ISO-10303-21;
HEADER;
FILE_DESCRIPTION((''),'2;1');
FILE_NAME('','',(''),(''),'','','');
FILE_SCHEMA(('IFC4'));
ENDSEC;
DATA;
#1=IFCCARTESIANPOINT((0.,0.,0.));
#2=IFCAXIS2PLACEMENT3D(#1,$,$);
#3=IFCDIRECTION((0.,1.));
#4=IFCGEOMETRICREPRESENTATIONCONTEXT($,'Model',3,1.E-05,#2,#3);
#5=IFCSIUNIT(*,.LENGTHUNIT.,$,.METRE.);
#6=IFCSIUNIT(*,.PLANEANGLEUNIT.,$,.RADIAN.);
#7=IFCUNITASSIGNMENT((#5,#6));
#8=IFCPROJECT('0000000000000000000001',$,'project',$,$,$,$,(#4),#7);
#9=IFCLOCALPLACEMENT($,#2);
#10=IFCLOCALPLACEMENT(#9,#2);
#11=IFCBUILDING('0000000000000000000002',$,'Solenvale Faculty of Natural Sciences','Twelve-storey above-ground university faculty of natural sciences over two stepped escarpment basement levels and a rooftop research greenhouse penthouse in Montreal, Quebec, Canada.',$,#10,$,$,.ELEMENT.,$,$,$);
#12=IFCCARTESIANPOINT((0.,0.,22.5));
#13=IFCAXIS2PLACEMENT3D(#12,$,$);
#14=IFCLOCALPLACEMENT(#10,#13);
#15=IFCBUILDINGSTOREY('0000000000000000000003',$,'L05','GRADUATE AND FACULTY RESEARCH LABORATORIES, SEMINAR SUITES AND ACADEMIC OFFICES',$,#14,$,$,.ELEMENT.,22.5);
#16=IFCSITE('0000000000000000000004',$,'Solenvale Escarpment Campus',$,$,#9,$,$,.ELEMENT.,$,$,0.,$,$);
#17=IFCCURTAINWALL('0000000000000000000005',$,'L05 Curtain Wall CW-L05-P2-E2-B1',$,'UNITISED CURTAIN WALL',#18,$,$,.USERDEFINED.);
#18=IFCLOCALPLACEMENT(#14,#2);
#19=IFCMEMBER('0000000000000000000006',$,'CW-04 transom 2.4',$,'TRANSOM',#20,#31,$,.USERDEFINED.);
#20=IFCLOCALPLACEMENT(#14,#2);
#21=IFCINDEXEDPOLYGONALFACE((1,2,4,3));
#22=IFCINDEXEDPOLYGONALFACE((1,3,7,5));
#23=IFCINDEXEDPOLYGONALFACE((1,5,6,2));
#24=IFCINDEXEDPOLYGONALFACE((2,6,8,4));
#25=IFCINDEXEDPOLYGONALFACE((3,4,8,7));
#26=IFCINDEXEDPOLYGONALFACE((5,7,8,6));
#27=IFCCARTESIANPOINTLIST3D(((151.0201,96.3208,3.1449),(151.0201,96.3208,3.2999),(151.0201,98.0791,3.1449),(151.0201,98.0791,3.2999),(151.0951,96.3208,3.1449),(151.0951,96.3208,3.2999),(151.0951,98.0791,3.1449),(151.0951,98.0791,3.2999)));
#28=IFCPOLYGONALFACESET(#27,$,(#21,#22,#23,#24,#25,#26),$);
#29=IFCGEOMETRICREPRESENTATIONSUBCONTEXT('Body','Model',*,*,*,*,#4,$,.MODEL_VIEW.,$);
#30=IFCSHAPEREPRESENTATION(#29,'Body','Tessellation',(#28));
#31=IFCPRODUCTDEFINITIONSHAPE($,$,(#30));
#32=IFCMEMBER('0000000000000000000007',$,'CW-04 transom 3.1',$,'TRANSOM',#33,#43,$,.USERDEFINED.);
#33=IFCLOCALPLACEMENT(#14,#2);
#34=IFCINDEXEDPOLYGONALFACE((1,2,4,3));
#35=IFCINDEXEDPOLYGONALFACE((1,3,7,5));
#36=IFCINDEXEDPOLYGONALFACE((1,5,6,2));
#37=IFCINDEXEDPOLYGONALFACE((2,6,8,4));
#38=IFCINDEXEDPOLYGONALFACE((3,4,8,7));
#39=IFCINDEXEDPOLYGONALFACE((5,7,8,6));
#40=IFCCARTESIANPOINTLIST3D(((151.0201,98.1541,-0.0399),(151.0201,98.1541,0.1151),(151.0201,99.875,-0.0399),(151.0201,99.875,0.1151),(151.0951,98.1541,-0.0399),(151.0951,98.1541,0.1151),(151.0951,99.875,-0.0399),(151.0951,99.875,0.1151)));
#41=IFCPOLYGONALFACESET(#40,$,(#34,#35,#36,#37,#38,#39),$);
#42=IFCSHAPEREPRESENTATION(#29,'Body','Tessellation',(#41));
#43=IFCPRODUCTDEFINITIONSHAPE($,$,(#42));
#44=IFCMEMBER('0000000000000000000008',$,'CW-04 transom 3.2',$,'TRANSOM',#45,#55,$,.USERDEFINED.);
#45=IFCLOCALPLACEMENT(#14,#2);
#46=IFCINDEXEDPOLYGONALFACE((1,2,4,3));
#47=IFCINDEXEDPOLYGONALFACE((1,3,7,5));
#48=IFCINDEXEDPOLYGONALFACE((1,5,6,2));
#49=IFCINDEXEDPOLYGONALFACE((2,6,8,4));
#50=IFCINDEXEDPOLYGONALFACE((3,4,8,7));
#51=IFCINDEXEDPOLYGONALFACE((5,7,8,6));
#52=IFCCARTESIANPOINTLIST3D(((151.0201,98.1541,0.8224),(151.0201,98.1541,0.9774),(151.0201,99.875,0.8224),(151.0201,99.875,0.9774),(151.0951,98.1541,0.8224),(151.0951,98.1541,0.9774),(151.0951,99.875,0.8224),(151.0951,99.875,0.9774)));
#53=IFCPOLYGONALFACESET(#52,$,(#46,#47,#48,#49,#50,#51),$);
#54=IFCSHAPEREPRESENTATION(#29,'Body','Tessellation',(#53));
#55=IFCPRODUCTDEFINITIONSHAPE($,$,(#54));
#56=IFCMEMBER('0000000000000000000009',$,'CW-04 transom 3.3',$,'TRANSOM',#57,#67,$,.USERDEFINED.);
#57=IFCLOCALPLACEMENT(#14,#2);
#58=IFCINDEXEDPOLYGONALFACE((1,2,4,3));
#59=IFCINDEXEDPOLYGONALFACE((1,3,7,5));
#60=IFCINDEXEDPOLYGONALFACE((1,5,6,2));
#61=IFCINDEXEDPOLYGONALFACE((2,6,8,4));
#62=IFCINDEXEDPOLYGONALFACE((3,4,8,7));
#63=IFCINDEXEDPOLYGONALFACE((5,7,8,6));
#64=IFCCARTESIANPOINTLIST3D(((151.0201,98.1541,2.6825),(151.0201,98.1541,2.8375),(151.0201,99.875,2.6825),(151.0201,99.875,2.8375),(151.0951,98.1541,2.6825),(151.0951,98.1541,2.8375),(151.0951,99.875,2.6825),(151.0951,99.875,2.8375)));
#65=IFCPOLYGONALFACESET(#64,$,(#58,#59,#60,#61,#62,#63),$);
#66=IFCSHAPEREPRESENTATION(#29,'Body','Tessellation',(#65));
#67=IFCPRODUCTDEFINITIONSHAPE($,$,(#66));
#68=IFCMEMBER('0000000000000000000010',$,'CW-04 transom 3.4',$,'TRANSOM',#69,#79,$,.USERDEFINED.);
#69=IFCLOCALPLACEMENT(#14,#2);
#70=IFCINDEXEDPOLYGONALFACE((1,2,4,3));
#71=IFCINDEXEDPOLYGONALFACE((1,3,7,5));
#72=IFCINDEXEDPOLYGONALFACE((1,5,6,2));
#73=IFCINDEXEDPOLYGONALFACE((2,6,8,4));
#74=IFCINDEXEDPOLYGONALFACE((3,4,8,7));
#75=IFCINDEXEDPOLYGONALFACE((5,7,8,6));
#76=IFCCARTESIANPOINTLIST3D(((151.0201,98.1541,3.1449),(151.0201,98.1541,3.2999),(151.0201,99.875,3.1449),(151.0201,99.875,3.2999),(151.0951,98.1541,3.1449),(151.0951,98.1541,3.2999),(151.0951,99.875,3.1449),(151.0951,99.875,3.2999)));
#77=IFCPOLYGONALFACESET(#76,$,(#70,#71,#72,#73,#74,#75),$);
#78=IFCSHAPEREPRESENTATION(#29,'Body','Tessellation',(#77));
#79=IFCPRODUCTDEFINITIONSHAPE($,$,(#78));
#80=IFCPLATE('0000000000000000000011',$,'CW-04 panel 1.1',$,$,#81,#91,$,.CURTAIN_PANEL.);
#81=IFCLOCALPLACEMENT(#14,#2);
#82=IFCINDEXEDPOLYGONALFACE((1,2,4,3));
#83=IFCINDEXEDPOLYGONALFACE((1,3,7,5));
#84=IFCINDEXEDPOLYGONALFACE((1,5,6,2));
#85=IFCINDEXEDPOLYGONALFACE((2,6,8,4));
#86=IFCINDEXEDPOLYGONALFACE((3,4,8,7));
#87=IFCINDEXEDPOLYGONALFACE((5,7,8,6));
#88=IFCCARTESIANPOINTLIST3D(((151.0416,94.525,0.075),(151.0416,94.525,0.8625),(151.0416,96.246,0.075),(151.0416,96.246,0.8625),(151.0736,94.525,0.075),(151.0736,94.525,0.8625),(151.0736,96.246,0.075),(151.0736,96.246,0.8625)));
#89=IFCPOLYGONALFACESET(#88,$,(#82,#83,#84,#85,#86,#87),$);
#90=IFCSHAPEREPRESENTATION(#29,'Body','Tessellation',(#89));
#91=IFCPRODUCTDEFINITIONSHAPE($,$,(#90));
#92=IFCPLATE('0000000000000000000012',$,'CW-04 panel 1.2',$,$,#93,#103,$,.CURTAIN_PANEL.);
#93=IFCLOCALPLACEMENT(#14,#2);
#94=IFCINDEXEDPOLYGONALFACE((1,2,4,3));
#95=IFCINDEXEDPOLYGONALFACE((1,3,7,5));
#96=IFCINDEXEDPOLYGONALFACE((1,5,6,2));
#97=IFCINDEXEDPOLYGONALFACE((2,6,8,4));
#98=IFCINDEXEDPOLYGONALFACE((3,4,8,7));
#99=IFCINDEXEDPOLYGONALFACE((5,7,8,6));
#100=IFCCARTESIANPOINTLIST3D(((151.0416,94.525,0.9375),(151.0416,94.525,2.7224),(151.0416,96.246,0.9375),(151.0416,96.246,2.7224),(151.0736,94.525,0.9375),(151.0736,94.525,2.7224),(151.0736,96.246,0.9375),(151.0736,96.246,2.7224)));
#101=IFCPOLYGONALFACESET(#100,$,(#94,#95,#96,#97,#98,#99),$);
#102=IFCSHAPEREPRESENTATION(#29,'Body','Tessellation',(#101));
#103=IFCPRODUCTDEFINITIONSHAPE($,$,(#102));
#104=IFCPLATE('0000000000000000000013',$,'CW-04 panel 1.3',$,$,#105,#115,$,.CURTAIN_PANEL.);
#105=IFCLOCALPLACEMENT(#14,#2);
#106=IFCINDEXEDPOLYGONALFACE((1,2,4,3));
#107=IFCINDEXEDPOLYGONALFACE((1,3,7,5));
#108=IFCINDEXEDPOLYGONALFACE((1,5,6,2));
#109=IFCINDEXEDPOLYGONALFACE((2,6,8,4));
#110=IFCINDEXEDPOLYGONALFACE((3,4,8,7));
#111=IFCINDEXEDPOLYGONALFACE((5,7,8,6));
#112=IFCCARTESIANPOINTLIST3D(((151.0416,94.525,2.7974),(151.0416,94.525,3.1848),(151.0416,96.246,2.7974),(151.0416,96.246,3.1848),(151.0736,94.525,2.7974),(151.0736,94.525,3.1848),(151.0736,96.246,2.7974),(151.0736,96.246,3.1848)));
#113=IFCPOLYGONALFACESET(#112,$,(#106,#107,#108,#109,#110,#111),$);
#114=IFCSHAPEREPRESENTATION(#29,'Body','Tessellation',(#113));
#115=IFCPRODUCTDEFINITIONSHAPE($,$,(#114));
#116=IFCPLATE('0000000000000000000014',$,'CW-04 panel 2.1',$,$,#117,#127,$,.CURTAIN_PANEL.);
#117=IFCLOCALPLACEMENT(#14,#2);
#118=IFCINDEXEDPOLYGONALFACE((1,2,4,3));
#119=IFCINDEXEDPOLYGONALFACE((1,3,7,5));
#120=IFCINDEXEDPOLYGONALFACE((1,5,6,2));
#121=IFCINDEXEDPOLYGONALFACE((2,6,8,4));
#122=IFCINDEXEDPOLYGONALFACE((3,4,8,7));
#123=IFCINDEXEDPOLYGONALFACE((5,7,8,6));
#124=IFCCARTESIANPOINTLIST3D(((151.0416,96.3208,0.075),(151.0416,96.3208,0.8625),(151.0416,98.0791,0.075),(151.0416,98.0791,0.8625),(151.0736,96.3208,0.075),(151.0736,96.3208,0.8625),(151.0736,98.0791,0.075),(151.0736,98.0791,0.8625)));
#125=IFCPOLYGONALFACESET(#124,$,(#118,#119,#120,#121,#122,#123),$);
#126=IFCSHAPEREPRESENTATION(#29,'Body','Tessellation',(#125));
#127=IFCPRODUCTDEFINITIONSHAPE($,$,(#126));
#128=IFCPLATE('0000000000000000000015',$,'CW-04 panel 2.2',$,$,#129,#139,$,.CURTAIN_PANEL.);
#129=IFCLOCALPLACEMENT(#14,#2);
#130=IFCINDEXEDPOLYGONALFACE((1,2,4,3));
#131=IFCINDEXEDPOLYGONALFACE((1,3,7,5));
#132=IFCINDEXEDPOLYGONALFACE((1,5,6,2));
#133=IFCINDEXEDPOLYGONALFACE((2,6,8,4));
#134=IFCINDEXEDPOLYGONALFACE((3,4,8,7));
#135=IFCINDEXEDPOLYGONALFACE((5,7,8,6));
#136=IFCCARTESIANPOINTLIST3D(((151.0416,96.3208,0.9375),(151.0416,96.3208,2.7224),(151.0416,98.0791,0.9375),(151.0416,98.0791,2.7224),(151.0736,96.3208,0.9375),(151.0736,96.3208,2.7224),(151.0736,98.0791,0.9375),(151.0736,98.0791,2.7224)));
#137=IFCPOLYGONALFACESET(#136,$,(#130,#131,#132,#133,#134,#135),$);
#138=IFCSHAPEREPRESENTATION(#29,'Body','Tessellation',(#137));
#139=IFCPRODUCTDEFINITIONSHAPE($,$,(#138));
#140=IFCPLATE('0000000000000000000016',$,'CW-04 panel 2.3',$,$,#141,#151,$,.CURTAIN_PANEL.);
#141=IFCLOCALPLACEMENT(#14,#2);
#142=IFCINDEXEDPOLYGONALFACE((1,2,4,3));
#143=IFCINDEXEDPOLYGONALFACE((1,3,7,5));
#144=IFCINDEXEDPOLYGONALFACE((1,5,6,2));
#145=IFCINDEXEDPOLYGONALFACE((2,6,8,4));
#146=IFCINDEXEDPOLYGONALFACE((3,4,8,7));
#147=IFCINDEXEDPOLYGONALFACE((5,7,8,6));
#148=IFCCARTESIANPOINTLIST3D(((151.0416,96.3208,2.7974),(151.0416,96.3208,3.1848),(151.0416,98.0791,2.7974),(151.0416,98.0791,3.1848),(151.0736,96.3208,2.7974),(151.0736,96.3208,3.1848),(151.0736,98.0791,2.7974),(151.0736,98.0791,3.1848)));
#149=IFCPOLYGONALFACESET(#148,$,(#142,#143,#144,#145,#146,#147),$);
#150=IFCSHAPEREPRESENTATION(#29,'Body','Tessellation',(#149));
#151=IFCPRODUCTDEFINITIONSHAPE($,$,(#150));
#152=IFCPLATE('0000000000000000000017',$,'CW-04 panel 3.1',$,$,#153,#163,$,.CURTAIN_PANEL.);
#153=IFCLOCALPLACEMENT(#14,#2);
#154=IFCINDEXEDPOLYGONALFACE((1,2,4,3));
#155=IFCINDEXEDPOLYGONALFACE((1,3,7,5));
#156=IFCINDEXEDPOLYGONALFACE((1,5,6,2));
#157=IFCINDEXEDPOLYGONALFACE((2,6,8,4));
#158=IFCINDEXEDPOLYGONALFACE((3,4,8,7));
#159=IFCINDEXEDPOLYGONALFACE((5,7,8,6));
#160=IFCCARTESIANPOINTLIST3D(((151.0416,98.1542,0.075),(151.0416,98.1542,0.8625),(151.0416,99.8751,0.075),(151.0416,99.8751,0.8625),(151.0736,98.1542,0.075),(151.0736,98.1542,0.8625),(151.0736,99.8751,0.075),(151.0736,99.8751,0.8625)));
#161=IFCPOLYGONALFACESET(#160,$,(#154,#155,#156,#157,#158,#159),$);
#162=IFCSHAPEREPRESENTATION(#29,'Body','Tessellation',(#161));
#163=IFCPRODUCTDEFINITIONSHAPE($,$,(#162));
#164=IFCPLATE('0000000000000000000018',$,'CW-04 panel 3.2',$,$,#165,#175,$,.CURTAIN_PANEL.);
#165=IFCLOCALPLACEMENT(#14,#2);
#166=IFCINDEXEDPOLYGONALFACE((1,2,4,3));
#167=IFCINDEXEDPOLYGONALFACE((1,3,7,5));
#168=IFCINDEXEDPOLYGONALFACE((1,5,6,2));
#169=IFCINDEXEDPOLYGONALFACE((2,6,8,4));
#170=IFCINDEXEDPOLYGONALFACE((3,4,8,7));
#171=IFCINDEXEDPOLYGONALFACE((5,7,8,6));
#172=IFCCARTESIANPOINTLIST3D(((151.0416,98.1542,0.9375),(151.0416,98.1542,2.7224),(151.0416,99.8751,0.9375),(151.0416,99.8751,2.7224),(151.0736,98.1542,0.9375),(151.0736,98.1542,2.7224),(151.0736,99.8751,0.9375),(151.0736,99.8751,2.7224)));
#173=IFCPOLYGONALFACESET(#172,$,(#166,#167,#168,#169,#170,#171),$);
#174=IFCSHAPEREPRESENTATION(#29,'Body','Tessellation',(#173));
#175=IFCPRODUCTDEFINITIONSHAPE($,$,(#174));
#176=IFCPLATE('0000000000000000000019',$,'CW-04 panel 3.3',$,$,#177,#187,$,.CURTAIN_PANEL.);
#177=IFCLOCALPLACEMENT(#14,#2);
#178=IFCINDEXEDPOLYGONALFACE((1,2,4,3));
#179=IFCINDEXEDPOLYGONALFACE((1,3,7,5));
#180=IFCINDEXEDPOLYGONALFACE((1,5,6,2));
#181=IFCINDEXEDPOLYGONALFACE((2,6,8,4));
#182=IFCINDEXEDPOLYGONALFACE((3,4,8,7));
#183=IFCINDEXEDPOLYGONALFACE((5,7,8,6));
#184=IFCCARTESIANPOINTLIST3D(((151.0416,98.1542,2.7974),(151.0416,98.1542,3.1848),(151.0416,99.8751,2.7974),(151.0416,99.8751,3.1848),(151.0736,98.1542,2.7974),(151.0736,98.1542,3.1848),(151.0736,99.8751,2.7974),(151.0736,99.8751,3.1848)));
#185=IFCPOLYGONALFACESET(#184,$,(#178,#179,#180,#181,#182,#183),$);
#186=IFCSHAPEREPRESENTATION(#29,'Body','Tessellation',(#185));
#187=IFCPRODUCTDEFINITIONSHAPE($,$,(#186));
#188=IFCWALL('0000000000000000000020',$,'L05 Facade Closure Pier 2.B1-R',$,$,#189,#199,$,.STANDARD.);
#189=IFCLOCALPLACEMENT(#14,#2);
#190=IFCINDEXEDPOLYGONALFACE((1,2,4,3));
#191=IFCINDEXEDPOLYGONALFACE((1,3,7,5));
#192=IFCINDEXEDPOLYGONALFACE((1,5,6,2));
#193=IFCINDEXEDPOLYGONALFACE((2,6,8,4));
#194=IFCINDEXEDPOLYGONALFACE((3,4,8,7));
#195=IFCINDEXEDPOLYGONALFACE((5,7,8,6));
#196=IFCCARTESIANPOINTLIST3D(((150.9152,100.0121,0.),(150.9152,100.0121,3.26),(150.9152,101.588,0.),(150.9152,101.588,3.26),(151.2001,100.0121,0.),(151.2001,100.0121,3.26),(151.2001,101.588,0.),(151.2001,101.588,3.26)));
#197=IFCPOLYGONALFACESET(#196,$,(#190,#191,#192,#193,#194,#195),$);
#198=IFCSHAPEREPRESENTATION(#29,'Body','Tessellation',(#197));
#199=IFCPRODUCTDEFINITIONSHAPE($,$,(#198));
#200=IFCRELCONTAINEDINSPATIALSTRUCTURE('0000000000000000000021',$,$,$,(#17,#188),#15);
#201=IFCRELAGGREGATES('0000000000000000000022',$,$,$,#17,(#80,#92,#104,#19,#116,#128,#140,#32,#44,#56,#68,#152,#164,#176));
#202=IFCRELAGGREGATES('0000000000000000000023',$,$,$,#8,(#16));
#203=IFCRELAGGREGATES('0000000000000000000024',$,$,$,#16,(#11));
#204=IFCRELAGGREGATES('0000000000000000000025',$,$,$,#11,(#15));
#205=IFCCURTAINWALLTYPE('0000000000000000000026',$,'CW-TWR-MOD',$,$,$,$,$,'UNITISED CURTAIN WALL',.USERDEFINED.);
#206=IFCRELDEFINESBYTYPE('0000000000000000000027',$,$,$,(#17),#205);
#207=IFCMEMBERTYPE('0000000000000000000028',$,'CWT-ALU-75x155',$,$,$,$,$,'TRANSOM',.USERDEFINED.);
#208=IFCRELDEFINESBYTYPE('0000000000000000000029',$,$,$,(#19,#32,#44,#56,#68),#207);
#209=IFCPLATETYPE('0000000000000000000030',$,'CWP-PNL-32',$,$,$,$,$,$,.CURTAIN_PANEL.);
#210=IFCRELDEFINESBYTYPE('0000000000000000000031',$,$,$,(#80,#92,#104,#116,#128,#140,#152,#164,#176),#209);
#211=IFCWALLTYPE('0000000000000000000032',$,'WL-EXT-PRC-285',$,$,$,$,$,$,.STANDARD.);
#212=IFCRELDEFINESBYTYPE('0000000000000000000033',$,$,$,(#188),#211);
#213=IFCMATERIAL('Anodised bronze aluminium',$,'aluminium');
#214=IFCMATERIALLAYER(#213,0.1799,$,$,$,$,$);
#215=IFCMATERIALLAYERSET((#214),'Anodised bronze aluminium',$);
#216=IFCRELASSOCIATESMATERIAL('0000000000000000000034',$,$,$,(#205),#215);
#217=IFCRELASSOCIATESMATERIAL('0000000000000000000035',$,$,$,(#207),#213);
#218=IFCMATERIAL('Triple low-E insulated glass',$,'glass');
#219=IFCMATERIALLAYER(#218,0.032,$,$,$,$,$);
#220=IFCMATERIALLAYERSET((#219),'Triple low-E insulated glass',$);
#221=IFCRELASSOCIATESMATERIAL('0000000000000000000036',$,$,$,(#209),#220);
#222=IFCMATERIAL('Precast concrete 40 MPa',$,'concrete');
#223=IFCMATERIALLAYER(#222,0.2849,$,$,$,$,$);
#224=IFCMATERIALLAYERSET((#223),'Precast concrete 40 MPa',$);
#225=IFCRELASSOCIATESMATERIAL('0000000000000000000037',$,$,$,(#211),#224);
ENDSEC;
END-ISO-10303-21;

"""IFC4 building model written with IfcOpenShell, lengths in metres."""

from ifc_helpers import new_model, si_unit, direction, frame, frame_2d, origin, origin_2d, place, context, subcontext, project, spatial, rectangle, extrude, material, layer, layer_set, material_profile, profile_set, type_object, element, aggregate, save


model = new_model("IFC4")

# Units and contexts
model_context = context("Model", 3, precision=1e-05, world=origin(), true_north=direction((0.0, 1.0)))
body_context = subcontext(model_context, "Body", "Model", "MODEL_VIEW")
ifc_project = project(units=[si_unit("LENGTHUNIT", "METRE"), si_unit("PLANEANGLEUNIT", "RADIAN")], contexts=[model_context])

# Site, building, storey
site_placement = place(None, origin())
site = spatial("IfcSite", under=ifc_project, at=site_placement, Name="Solenvale Escarpment Campus", CompositionType="ELEMENT", RefElevation=0.0)
building_placement = place(site_placement, origin())
building = spatial("IfcBuilding", under=site, at=building_placement, Name="Solenvale Faculty of Natural Sciences", Description="Twelve-storey above-ground university faculty of natural sciences over two stepped escarpment basement levels and a rooftop research greenhouse penthouse in Montreal, Quebec, Canada.", CompositionType="ELEMENT")
storey_placement = place(building_placement, frame((0.0, 0.0, 22.5)))
storey = spatial("IfcBuildingStorey", under=building, at=storey_placement, Name="L05", Description="GRADUATE AND FACULTY RESEARCH LABORATORIES, SEMINAR SUITES AND ACADEMIC OFFICES", CompositionType="ELEMENT", Elevation=22.5)

# Curtain wall, members, plates
ifc_material_1 = material(Name="Anodised bronze aluminium", Category="aluminium")
ifc_layer_1 = layer(ifc_material_1, 0.1799)
ifc_layer_set_1 = layer_set([ifc_layer_1], Name="Anodised bronze aluminium")
curtain_wall_type = type_object("IfcCurtainWallType", Name="CW-TWR-MOD", ElementType="UNITISED CURTAIN WALL", PredefinedType="USERDEFINED", material=ifc_layer_set_1)
curtain_wall_placement = place(storey_placement, origin())
curtain_wall = element("IfcCurtainWall", 1, at=curtain_wall_placement, inside=storey, type_object=curtain_wall_type, Name="L05 Curtain Wall CW-L05-P2-E2-B1", ObjectType="UNITISED CURTAIN WALL", PredefinedType="USERDEFINED")
ifc_material_profile_1 = material_profile(ifc_material_1, rectangle(XDim=0.075, YDim=0.155, at=origin_2d()), Name="ALU-TRN-75x155")
ifc_profile_set_1 = profile_set([ifc_material_profile_1], Name="Anodised bronze aluminium")
member_type_1 = type_object("IfcMemberType", Name="CWT-ALU-75x155", ElementType="TRANSOM", PredefinedType="USERDEFINED", material=ifc_profile_set_1)
member_1_placement = place(storey_placement, frame((151.0576, 96.3208, 3.2224), z_axis=(0.0, 1.0, 0.0), x_axis=(-1.0, 0.0, 0.0)))
member_1 = element("IfcMember", 2, at=member_1_placement, type_object=member_type_1, Name="CW-04 transom 2.4", ObjectType="TRANSOM", PredefinedType="USERDEFINED", context=body_context, shape_type="SweptSolid", body=[
    extrude(rectangle(XDim=0.075, YDim=0.155, at=origin_2d()), origin(), (0.0, 0.0, 1.0), 1.7583),
])
member_2_placement = place(storey_placement, frame((151.0576, 98.1541, 0.0376), z_axis=(0.0, 1.0, 0.0), x_axis=(-1.0, 0.0, 0.0)))
member_2 = element("IfcMember", 3, at=member_2_placement, type_object=member_type_1, Name="CW-04 transom 3.1", ObjectType="TRANSOM", PredefinedType="USERDEFINED", context=body_context, shape_type="SweptSolid", body=[
    extrude(rectangle(XDim=0.075, YDim=0.155, at=origin_2d()), origin(), (0.0, 0.0, 1.0), 1.7209),
])
member_3_placement = place(storey_placement, frame((151.0576, 98.1541, 0.8999), z_axis=(0.0, 1.0, 0.0), x_axis=(-1.0, 0.0, 0.0)))
member_3 = element("IfcMember", 4, at=member_3_placement, type_object=member_type_1, Name="CW-04 transom 3.2", ObjectType="TRANSOM", PredefinedType="USERDEFINED", context=body_context, shape_type="SweptSolid", body=[
    extrude(rectangle(XDim=0.075, YDim=0.155, at=origin_2d()), origin(), (0.0, 0.0, 1.0), 1.7209),
])
member_4_placement = place(storey_placement, frame((151.0576, 98.1541, 2.76), z_axis=(0.0, 1.0, 0.0), x_axis=(-1.0, 0.0, 0.0)))
member_4 = element("IfcMember", 5, at=member_4_placement, type_object=member_type_1, Name="CW-04 transom 3.3", ObjectType="TRANSOM", PredefinedType="USERDEFINED", context=body_context, shape_type="SweptSolid", body=[
    extrude(rectangle(XDim=0.075, YDim=0.155, at=origin_2d()), origin(), (0.0, 0.0, 1.0), 1.7209),
])
member_5_placement = place(storey_placement, frame((151.0576, 98.1541, 3.2224), z_axis=(0.0, 1.0, 0.0), x_axis=(-1.0, 0.0, 0.0)))
member_5 = element("IfcMember", 6, at=member_5_placement, type_object=member_type_1, Name="CW-04 transom 3.4", ObjectType="TRANSOM", PredefinedType="USERDEFINED", context=body_context, shape_type="SweptSolid", body=[
    extrude(rectangle(XDim=0.075, YDim=0.155, at=origin_2d()), origin(), (0.0, 0.0, 1.0), 1.7209),
])
ifc_material_2 = material(Name="Triple low-E insulated glass", Category="glass")
ifc_layer_2 = layer(ifc_material_2, 0.032)
ifc_layer_set_2 = layer_set([ifc_layer_2], Name="Triple low-E insulated glass")
plate_type = type_object("IfcPlateType", Name="CWP-PNL-32", PredefinedType="CURTAIN_PANEL", material=ifc_layer_set_2)
plate_1_placement = place(storey_placement, frame((151.0576, 95.3855, 0.075), z_axis=(0.0, 0.0, 1.0), x_axis=(0.0, 1.0, 0.0)))
plate_1 = element("IfcPlate", 7, at=plate_1_placement, type_object=plate_type, Name="CW-04 panel 1.1", PredefinedType="CURTAIN_PANEL", context=body_context, shape_type="SweptSolid", body=[
    extrude(rectangle(XDim=1.7209, YDim=0.032, at=origin_2d()), origin(), (0.0, 0.0, 1.0), 0.7876),
])
plate_2_placement = place(storey_placement, frame((151.0576, 95.3855, 0.9375), z_axis=(0.0, 0.0, 1.0), x_axis=(0.0, 1.0, 0.0)))
plate_2 = element("IfcPlate", 8, at=plate_2_placement, type_object=plate_type, Name="CW-04 panel 1.2", PredefinedType="CURTAIN_PANEL", context=body_context, shape_type="SweptSolid", body=[
    extrude(rectangle(XDim=1.7209, YDim=0.032, at=origin_2d()), origin(), (0.0, 0.0, 1.0), 1.7849),
])
plate_3_placement = place(storey_placement, frame((151.0576, 95.3855, 2.7974), z_axis=(0.0, 0.0, 1.0), x_axis=(0.0, 1.0, 0.0)))
plate_3 = element("IfcPlate", 9, at=plate_3_placement, type_object=plate_type, Name="CW-04 panel 1.3", PredefinedType="CURTAIN_PANEL", context=body_context, shape_type="SweptSolid", body=[
    extrude(rectangle(XDim=1.7209, YDim=0.032, at=origin_2d()), origin(), (0.0, 0.0, 1.0), 0.3875),
])
plate_4_placement = place(storey_placement, frame((151.0576, 97.2, 0.075), z_axis=(0.0, 0.0, 1.0), x_axis=(0.0, 1.0, 0.0)))
plate_4 = element("IfcPlate", 10, at=plate_4_placement, type_object=plate_type, Name="CW-04 panel 2.1", PredefinedType="CURTAIN_PANEL", context=body_context, shape_type="SweptSolid", body=[
    extrude(rectangle(XDim=1.7583, YDim=0.032, at=origin_2d()), origin(), (0.0, 0.0, 1.0), 0.7876),
])
plate_5_placement = place(storey_placement, frame((151.0576, 97.2, 0.9375), z_axis=(0.0, 0.0, 1.0), x_axis=(0.0, 1.0, 0.0)))
plate_5 = element("IfcPlate", 11, at=plate_5_placement, type_object=plate_type, Name="CW-04 panel 2.2", PredefinedType="CURTAIN_PANEL", context=body_context, shape_type="SweptSolid", body=[
    extrude(rectangle(XDim=1.7583, YDim=0.032, at=origin_2d()), origin(), (0.0, 0.0, 1.0), 1.7849),
])
plate_6_placement = place(storey_placement, frame((151.0576, 97.2, 2.7974), z_axis=(0.0, 0.0, 1.0), x_axis=(0.0, 1.0, 0.0)))
plate_6 = element("IfcPlate", 12, at=plate_6_placement, type_object=plate_type, Name="CW-04 panel 2.3", PredefinedType="CURTAIN_PANEL", context=body_context, shape_type="SweptSolid", body=[
    extrude(rectangle(XDim=1.7583, YDim=0.032, at=origin_2d()), origin(), (0.0, 0.0, 1.0), 0.3875),
])
plate_7_placement = place(storey_placement, frame((151.0576, 99.0146, 0.075), z_axis=(0.0, 0.0, 1.0), x_axis=(0.0, 1.0, 0.0)))
plate_7 = element("IfcPlate", 13, at=plate_7_placement, type_object=plate_type, Name="CW-04 panel 3.1", PredefinedType="CURTAIN_PANEL", context=body_context, shape_type="SweptSolid", body=[
    extrude(rectangle(XDim=1.7209, YDim=0.032, at=origin_2d()), origin(), (0.0, 0.0, 1.0), 0.7876),
])
plate_8_placement = place(storey_placement, frame((151.0576, 99.0146, 0.9375), z_axis=(0.0, 0.0, 1.0), x_axis=(0.0, 1.0, 0.0)))
plate_8 = element("IfcPlate", 14, at=plate_8_placement, type_object=plate_type, Name="CW-04 panel 3.2", PredefinedType="CURTAIN_PANEL", context=body_context, shape_type="SweptSolid", body=[
    extrude(rectangle(XDim=1.7209, YDim=0.032, at=origin_2d()), origin(), (0.0, 0.0, 1.0), 1.7849),
])
plate_9_placement = place(storey_placement, frame((151.0576, 99.0146, 2.7974), z_axis=(0.0, 0.0, 1.0), x_axis=(0.0, 1.0, 0.0)))
plate_9 = element("IfcPlate", 15, at=plate_9_placement, type_object=plate_type, Name="CW-04 panel 3.3", PredefinedType="CURTAIN_PANEL", context=body_context, shape_type="SweptSolid", body=[
    extrude(rectangle(XDim=1.7209, YDim=0.032, at=origin_2d()), origin(), (0.0, 0.0, 1.0), 0.3875),
])
aggregate(curtain_wall, [plate_1, plate_2, plate_3, member_1, plate_4, plate_5, plate_6, member_2, member_3, member_4, member_5, plate_7, plate_8, plate_9])

# Wall
ifc_material_3 = material(Name="Precast concrete 40 MPa", Category="concrete")
ifc_layer_3 = layer(ifc_material_3, 0.2849)
ifc_layer_set_3 = layer_set([ifc_layer_3], Name="Precast concrete 40 MPa")
wall_type_1 = type_object("IfcWallType", Name="WL-EXT-PRC-285", PredefinedType="STANDARD", material=ifc_layer_set_3)
wall_1_placement = place(storey_placement, frame((151.0576, 100.012, 0.0), z_axis=(0.0, 0.0, 1.0), x_axis=(0.0, 1.0, 0.0)))
element("IfcWall", 16, at=wall_1_placement, inside=storey, type_object=wall_type_1, Name="L05 Facade Closure Pier 2.B1-R", PredefinedType="STANDARD", context=body_context, shape_type="SweptSolid", body=[
    extrude(rectangle(XDim=1.5759, YDim=0.2849, at=frame_2d((0.7881, 0.0))), origin(), (0.0, 0.0, 1.0), 3.26),
])

save(model, "model.ifc")
